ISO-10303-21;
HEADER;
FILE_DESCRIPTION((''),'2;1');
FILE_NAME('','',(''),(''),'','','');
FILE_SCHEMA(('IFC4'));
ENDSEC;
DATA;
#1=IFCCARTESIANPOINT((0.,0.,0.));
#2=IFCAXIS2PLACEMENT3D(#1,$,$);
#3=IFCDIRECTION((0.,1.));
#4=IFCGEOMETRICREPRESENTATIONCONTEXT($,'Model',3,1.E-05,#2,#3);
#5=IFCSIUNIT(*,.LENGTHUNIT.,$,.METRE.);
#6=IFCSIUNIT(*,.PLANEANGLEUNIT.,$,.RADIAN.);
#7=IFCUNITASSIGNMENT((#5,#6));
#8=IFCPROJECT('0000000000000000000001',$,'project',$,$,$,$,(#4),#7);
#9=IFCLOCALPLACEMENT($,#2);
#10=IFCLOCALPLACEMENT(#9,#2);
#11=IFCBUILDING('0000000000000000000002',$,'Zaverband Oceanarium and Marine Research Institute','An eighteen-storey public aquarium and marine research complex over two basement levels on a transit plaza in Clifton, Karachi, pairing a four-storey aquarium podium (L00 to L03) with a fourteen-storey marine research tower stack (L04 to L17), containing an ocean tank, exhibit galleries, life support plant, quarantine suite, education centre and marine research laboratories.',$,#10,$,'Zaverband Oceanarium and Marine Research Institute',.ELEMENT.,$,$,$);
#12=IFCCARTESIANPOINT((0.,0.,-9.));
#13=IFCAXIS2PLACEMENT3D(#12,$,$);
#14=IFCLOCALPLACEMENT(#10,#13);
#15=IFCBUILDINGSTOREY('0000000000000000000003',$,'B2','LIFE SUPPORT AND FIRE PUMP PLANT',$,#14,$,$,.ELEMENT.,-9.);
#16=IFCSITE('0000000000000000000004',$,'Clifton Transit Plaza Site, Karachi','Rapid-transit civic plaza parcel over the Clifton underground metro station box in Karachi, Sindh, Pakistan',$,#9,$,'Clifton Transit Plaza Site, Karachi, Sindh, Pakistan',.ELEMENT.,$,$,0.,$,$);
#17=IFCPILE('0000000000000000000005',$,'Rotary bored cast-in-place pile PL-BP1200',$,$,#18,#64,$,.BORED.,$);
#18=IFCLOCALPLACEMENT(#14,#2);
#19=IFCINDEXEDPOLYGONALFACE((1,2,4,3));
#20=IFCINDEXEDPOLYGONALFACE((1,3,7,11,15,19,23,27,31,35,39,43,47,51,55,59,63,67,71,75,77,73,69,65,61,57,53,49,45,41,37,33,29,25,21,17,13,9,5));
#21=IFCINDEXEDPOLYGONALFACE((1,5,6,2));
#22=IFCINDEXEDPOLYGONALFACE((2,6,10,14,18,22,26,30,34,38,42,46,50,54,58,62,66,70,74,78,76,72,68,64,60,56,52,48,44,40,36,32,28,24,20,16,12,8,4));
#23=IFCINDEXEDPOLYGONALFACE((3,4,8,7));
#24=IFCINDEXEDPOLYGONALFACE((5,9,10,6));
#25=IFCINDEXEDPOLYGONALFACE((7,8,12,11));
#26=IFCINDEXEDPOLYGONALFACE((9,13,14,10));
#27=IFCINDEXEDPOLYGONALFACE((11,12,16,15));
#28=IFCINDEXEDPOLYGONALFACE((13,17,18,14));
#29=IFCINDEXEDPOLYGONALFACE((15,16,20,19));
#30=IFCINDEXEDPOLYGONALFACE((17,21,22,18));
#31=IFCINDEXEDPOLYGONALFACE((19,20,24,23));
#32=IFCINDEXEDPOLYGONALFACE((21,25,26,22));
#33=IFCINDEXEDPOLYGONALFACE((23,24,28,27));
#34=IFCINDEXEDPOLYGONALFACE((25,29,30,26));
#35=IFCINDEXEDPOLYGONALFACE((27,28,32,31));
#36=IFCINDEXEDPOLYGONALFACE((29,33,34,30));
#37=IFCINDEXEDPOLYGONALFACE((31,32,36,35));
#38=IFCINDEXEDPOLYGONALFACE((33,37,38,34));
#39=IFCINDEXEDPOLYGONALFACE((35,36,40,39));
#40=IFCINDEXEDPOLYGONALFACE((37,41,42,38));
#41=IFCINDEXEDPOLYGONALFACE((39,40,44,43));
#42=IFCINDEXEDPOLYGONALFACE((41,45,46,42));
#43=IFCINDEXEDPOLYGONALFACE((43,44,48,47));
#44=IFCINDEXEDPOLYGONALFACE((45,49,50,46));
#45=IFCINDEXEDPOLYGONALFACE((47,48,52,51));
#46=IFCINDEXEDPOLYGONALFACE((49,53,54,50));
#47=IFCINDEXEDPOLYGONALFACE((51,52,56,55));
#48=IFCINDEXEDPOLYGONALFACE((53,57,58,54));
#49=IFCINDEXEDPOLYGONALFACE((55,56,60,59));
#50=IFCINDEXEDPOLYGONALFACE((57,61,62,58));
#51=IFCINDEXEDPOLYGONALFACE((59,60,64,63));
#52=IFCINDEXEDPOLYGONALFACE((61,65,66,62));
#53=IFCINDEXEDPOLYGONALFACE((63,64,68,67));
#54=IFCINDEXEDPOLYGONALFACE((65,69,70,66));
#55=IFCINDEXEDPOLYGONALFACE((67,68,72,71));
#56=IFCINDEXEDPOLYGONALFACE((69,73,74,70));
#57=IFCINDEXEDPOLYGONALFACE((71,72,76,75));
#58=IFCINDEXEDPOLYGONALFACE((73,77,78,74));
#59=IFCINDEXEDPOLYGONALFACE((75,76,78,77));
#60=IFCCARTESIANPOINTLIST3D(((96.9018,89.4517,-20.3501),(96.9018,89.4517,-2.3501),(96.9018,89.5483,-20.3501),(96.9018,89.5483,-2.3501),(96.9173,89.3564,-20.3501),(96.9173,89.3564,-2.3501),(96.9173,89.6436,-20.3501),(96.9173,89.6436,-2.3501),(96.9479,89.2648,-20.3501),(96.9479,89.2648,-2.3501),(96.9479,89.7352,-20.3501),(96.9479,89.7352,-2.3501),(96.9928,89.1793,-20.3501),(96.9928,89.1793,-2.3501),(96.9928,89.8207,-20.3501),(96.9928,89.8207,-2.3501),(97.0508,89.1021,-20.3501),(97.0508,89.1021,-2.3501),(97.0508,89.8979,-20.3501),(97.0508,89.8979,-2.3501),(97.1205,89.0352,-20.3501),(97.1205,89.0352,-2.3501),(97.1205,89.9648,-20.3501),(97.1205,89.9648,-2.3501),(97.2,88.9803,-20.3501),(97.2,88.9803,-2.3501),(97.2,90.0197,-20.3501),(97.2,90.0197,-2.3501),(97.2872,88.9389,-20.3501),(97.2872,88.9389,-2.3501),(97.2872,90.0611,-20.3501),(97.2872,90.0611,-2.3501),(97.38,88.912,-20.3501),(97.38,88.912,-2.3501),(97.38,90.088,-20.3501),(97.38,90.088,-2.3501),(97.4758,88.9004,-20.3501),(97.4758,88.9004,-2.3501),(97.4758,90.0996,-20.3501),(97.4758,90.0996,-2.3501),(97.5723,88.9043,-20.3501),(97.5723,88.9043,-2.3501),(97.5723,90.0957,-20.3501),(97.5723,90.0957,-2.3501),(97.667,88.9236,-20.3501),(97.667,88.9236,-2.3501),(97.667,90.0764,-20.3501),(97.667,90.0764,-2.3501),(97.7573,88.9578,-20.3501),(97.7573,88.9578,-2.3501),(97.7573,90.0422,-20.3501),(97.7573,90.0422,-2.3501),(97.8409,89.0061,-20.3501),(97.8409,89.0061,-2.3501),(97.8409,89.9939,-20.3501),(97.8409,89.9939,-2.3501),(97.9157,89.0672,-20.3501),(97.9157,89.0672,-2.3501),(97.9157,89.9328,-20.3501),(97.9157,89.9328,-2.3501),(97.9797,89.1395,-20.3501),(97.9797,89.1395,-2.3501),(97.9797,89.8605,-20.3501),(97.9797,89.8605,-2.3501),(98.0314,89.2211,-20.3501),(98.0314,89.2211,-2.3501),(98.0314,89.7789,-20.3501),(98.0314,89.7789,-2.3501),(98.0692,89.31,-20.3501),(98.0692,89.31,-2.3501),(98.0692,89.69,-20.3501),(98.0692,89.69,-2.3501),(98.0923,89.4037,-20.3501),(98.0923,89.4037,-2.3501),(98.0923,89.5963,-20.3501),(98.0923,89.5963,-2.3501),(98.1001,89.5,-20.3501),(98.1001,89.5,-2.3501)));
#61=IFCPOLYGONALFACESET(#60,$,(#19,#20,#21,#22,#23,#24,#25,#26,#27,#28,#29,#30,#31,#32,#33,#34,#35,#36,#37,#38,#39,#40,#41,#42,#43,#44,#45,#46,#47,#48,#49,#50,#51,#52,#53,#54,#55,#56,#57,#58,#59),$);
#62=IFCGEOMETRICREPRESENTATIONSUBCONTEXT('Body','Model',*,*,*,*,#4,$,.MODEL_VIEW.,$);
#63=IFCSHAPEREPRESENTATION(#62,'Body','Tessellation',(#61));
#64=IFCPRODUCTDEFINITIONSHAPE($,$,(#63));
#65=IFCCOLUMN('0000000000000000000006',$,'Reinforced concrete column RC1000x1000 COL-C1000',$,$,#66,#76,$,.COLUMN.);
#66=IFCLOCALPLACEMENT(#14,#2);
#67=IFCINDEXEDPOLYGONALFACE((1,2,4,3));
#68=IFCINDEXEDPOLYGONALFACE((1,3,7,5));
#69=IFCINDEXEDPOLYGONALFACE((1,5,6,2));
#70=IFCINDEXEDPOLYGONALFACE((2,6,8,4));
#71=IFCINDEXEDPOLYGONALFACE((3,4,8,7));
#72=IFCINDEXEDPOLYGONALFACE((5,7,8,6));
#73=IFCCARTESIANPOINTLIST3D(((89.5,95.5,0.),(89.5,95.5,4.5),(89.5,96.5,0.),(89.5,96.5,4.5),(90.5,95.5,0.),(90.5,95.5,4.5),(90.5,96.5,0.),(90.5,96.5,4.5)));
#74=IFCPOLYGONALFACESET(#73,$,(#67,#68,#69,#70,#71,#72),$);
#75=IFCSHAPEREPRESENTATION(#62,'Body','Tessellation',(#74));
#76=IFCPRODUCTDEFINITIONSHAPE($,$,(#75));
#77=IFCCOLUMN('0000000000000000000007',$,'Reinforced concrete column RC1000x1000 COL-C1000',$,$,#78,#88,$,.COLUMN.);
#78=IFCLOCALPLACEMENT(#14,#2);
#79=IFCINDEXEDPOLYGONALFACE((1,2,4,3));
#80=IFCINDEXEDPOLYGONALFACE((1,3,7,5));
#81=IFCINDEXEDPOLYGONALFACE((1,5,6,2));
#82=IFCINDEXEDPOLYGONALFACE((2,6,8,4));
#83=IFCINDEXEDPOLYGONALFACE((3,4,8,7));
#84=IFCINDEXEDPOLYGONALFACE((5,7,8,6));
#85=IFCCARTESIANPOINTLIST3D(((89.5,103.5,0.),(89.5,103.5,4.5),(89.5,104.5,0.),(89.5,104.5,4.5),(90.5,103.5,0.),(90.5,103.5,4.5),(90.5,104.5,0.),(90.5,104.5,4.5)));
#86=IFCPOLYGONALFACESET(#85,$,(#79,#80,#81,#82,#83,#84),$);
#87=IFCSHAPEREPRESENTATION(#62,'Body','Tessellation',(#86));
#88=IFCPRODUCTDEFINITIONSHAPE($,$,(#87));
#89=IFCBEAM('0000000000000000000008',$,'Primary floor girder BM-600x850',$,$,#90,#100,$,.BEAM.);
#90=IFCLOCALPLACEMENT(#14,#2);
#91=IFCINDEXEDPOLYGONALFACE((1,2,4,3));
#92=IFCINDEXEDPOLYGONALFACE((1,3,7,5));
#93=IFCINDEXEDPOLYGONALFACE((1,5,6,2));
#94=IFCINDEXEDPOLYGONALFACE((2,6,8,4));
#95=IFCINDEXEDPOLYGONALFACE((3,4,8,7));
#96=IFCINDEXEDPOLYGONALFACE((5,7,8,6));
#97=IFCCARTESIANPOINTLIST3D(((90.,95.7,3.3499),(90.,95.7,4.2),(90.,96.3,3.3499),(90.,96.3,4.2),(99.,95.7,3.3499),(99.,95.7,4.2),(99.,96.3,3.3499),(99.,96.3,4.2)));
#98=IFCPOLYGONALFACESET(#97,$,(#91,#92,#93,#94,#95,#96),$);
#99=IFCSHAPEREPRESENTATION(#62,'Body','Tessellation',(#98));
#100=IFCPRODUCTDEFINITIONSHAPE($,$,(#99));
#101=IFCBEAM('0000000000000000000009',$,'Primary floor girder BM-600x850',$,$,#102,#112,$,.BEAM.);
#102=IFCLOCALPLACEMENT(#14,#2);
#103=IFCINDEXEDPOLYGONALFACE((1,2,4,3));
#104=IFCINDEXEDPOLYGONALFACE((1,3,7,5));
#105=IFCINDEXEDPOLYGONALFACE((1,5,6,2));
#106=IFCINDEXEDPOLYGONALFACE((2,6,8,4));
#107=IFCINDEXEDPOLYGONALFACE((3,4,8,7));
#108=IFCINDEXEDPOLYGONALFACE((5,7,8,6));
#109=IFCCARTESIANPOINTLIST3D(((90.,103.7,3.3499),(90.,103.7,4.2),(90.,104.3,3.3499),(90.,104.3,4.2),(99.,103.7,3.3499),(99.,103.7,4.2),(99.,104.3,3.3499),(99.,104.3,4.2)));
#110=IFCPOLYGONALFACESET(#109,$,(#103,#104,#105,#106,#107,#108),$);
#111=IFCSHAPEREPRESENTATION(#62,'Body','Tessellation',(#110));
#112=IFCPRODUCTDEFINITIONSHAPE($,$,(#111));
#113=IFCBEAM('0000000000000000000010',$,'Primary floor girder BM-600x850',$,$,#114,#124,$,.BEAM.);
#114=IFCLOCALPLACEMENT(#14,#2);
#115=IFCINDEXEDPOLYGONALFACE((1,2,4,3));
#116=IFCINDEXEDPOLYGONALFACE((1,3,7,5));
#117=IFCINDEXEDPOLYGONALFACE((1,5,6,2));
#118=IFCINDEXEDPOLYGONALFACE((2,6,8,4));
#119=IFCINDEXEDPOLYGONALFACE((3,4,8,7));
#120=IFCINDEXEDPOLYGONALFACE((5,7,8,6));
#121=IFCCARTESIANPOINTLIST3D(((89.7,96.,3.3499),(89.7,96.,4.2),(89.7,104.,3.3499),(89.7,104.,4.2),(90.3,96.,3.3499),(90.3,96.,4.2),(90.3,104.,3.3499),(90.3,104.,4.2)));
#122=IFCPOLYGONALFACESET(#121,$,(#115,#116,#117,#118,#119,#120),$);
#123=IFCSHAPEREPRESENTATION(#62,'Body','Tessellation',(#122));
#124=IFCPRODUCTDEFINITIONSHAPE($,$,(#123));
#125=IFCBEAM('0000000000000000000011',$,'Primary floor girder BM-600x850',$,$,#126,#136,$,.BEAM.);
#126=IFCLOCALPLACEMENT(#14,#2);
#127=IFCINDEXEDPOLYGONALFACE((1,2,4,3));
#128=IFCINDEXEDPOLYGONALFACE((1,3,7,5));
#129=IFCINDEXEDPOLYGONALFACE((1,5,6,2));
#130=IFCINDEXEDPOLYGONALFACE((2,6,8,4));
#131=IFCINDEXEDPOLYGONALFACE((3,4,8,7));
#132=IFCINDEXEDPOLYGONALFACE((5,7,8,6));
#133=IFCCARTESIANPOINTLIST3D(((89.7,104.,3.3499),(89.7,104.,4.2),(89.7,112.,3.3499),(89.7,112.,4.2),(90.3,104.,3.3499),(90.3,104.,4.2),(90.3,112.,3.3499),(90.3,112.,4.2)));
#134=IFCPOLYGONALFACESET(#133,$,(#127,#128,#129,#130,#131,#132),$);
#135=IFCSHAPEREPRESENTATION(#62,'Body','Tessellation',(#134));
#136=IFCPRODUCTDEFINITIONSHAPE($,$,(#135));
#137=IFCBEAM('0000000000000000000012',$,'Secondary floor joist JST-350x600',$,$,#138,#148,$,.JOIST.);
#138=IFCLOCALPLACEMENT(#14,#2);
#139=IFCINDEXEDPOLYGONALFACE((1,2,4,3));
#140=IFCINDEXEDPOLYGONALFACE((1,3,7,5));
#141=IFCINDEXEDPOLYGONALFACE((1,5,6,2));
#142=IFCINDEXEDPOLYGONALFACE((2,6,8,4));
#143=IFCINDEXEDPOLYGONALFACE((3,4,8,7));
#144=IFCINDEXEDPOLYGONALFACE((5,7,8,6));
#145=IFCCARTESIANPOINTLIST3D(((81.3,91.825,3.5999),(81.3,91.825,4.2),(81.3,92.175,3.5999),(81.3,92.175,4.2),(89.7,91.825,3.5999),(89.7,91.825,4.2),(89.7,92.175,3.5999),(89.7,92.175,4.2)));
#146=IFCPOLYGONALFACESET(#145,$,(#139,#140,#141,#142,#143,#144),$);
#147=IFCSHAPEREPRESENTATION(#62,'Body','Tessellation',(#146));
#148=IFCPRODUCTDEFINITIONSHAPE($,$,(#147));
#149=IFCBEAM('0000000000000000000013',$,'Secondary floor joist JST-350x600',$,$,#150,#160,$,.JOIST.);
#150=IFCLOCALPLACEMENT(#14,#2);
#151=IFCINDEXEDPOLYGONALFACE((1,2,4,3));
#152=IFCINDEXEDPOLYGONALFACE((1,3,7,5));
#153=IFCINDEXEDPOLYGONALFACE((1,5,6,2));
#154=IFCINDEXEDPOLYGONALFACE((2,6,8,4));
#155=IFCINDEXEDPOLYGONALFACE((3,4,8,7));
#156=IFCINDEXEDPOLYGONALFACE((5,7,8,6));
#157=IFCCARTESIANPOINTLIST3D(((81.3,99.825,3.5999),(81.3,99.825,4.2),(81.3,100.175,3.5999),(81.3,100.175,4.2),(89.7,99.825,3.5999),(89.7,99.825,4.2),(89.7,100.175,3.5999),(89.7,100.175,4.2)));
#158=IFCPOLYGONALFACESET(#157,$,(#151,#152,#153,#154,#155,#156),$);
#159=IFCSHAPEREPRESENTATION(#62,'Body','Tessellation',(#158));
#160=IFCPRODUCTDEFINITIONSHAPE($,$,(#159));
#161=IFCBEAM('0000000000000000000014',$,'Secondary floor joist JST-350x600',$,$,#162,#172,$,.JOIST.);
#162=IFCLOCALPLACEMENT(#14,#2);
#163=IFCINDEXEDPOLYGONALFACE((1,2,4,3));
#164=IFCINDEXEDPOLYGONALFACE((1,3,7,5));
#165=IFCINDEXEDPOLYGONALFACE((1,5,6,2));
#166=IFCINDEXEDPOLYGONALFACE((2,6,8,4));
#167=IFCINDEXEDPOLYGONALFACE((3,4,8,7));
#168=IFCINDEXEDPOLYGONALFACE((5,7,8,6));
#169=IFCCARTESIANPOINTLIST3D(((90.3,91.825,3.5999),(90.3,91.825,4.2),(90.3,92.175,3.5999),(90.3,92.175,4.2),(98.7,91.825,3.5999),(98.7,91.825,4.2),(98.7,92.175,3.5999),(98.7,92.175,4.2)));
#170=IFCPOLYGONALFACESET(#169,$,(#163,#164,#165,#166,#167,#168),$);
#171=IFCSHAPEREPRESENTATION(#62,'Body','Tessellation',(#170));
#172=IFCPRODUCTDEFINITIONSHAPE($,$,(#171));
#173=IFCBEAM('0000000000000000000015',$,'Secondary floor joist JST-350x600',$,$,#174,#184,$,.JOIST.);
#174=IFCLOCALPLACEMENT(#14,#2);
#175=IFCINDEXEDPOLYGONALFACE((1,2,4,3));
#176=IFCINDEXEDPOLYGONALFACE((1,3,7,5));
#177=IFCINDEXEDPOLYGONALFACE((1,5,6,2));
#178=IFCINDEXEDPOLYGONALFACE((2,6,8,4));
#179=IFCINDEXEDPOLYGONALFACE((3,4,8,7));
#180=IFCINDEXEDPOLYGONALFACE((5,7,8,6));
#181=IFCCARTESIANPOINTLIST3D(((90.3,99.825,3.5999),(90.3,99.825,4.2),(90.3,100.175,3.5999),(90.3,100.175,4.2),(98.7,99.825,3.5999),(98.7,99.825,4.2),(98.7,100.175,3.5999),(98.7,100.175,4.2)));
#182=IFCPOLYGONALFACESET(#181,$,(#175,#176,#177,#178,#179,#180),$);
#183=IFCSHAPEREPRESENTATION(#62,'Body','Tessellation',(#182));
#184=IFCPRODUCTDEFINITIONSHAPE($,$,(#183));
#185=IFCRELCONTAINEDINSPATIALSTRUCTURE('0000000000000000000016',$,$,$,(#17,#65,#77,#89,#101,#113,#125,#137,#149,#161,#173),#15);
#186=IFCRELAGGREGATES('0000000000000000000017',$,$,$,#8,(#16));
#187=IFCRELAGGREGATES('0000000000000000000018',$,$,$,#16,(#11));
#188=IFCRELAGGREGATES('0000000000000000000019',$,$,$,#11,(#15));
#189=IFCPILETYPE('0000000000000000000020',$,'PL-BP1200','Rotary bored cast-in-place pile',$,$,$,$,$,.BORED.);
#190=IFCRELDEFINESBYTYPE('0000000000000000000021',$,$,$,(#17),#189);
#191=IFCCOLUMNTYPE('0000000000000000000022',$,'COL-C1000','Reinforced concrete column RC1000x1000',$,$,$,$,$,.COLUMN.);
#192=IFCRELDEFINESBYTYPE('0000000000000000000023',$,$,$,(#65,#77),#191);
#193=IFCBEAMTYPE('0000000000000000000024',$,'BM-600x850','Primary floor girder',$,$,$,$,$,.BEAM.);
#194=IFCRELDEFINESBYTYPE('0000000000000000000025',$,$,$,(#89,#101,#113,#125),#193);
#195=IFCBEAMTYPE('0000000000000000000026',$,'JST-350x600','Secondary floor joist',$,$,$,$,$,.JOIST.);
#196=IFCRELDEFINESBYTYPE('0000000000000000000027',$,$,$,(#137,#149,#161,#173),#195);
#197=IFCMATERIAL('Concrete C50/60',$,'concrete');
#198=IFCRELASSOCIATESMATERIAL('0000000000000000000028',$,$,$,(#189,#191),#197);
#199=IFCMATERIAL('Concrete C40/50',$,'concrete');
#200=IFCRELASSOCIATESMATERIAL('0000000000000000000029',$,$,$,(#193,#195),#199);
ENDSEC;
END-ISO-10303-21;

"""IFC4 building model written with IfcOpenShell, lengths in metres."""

from ifc_helpers import new_model, si_unit, direction, frame, origin, origin_2d, place, context, subcontext, project, spatial, rectangle, circle, extrude, material, material_profile, profile_set, type_object, element, save


model = new_model("IFC4")

# Units and contexts
model_context = context("Model", 3, precision=1e-05, world=origin(), true_north=direction((0.0, 1.0)))
body_context = subcontext(model_context, "Body", "Model", "MODEL_VIEW")
ifc_project = project(units=[si_unit("LENGTHUNIT", "METRE"), si_unit("PLANEANGLEUNIT", "RADIAN")], contexts=[model_context])

# Site, building, storey
site_placement = place(None, origin())
site = spatial("IfcSite", under=ifc_project, at=site_placement, Name="Clifton Transit Plaza Site, Karachi", Description="Rapid-transit civic plaza parcel over the Clifton underground metro station box in Karachi, Sindh, Pakistan", LongName="Clifton Transit Plaza Site, Karachi, Sindh, Pakistan", CompositionType="ELEMENT", RefElevation=0.0)
building_placement = place(site_placement, origin())
building = spatial("IfcBuilding", under=site, at=building_placement, Name="Zaverband Oceanarium and Marine Research Institute", Description="An eighteen-storey public aquarium and marine research complex over two basement levels on a transit plaza in Clifton, Karachi, pairing a four-storey aquarium podium (L00 to L03) with a fourteen-storey marine research tower stack (L04 to L17), containing an ocean tank, exhibit galleries, life support plant, quarantine suite, education centre and marine research laboratories.", LongName="Zaverband Oceanarium and Marine Research Institute", CompositionType="ELEMENT")
storey_placement = place(building_placement, frame((0.0, 0.0, -9.0)))
storey = spatial("IfcBuildingStorey", under=building, at=storey_placement, Name="B2", Description="LIFE SUPPORT AND FIRE PUMP PLANT", CompositionType="ELEMENT", Elevation=-9.0)

# Shared definitions
ifc_material_1 = material(Name="Concrete C50/60", Category="concrete")

# Pile
ifc_material_profile_1 = material_profile(ifc_material_1, circle(Radius=0.6001, at=origin_2d()), Name="BP1200")
ifc_profile_set_1 = profile_set([ifc_material_profile_1], Name="Concrete C50/60")
pile_type = type_object("IfcPileType", Name="PL-BP1200", Description="Rotary bored cast-in-place pile", PredefinedType="BORED", material=ifc_profile_set_1)
for number, where, z_axis, x_axis, name in (
    (1, (97.5, 89.5, -2.3501), (0.0, 0.0, -1.0), (1.0, 0.0, 0.0), "Rotary bored cast-in-place pile PL-BP1200"),
):
    element("IfcPile", number, at=place(storey_placement, frame(where, z_axis=z_axis, x_axis=x_axis)), inside=storey, type_object=pile_type, Name=name, PredefinedType="BORED", context=body_context, shape_type="SweptSolid", body=[
        extrude(circle(Radius=0.6001, at=origin_2d()), origin(), (0.0, 0.0, 1.0), 18.0),
    ])

# Columns
ifc_material_profile_2 = material_profile(ifc_material_1, rectangle(XDim=1.0, YDim=1.0, at=origin_2d()), Name="RC1000x1000")
ifc_profile_set_2 = profile_set([ifc_material_profile_2], Name="Concrete C50/60")
column_type = type_object("IfcColumnType", Name="COL-C1000", Description="Reinforced concrete column RC1000x1000", PredefinedType="COLUMN", material=ifc_profile_set_2)
for number, where, z_axis, x_axis, name in (
    (2, (90.0, 96.0, 0.0), (0.0, 0.0, 1.0), (1.0, 0.0, 0.0), "Reinforced concrete column RC1000x1000 COL-C1000"),
    (3, (90.0, 104.0, 0.0), (0.0, 0.0, 1.0), (1.0, 0.0, 0.0), "Reinforced concrete column RC1000x1000 COL-C1000"),
):
    element("IfcColumn", number, at=place(storey_placement, frame(where, z_axis=z_axis, x_axis=x_axis)), inside=storey, type_object=column_type, Name=name, PredefinedType="COLUMN", context=body_context, shape_type="SweptSolid", body=[
        extrude(rectangle(XDim=1.0, YDim=1.0, at=origin_2d()), origin(), (0.0, 0.0, 1.0), 4.5),
    ])

# Beams
ifc_material_2 = material(Name="Concrete C40/50", Category="concrete")
ifc_material_profile_3 = material_profile(ifc_material_2, rectangle(XDim=0.6001, YDim=0.8501, at=origin_2d()), Name="RC600x850")
ifc_profile_set_3 = profile_set([ifc_material_profile_3], Name="Concrete C40/50")
beam_type_1 = type_object("IfcBeamType", Name="BM-600x850", Description="Primary floor girder", PredefinedType="BEAM", material=ifc_profile_set_3)
for number, where, z_axis, x_axis, name in (
    (4, (90.0, 96.0, 3.7749), (1.0, 0.0, 0.0), (0.0, 1.0, 0.0), "Primary floor girder BM-600x850"),
    (5, (90.0, 104.0, 3.7749), (1.0, 0.0, 0.0), (0.0, 1.0, 0.0), "Primary floor girder BM-600x850"),
):
    element("IfcBeam", number, at=place(storey_placement, frame(where, z_axis=z_axis, x_axis=x_axis)), inside=storey, type_object=beam_type_1, Name=name, PredefinedType="BEAM", context=body_context, shape_type="SweptSolid", body=[
        extrude(rectangle(XDim=0.6001, YDim=0.8501, at=origin_2d()), origin(), (0.0, 0.0, 1.0), 9.0),
    ])
for number, where, z_axis, x_axis, name in (
    (6, (90.0, 96.0, 3.7749), (0.0, 1.0, 0.0), (-1.0, 0.0, 0.0), "Primary floor girder BM-600x850"),
    (7, (90.0, 104.0, 3.7749), (0.0, 1.0, 0.0), (-1.0, 0.0, 0.0), "Primary floor girder BM-600x850"),
):
    element("IfcBeam", number, at=place(storey_placement, frame(where, z_axis=z_axis, x_axis=x_axis)), inside=storey, type_object=beam_type_1, Name=name, PredefinedType="BEAM", context=body_context, shape_type="SweptSolid", body=[
        extrude(rectangle(XDim=0.6001, YDim=0.8501, at=origin_2d()), origin(), (0.0, 0.0, 1.0), 8.0),
    ])
ifc_material_profile_4 = material_profile(ifc_material_2, rectangle(XDim=0.3501, YDim=0.6001, at=origin_2d()), Name="RC350x600")
ifc_profile_set_4 = profile_set([ifc_material_profile_4], Name="Concrete C40/50")
beam_type_2 = type_object("IfcBeamType", Name="JST-350x600", Description="Secondary floor joist", PredefinedType="JOIST", material=ifc_profile_set_4)
for number, where, z_axis, x_axis, name in (
    (8, (81.3, 92.0, 3.8999), (1.0, 0.0, 0.0), (0.0, 1.0, 0.0), "Secondary floor joist JST-350x600"),
    (9, (81.3, 100.0, 3.8999), (1.0, 0.0, 0.0), (0.0, 1.0, 0.0), "Secondary floor joist JST-350x600"),
    (10, (90.3, 92.0, 3.8999), (1.0, 0.0, 0.0), (0.0, 1.0, 0.0), "Secondary floor joist JST-350x600"),
    (11, (90.3, 100.0, 3.8999), (1.0, 0.0, 0.0), (0.0, 1.0, 0.0), "Secondary floor joist JST-350x600"),
):
    element("IfcBeam", number, at=place(storey_placement, frame(where, z_axis=z_axis, x_axis=x_axis)), inside=storey, type_object=beam_type_2, Name=name, PredefinedType="JOIST", context=body_context, shape_type="SweptSolid", body=[
        extrude(rectangle(XDim=0.3501, YDim=0.6001, at=origin_2d()), origin(), (0.0, 0.0, 1.0), 8.3999),
    ])

save(model, "model.ifc")
